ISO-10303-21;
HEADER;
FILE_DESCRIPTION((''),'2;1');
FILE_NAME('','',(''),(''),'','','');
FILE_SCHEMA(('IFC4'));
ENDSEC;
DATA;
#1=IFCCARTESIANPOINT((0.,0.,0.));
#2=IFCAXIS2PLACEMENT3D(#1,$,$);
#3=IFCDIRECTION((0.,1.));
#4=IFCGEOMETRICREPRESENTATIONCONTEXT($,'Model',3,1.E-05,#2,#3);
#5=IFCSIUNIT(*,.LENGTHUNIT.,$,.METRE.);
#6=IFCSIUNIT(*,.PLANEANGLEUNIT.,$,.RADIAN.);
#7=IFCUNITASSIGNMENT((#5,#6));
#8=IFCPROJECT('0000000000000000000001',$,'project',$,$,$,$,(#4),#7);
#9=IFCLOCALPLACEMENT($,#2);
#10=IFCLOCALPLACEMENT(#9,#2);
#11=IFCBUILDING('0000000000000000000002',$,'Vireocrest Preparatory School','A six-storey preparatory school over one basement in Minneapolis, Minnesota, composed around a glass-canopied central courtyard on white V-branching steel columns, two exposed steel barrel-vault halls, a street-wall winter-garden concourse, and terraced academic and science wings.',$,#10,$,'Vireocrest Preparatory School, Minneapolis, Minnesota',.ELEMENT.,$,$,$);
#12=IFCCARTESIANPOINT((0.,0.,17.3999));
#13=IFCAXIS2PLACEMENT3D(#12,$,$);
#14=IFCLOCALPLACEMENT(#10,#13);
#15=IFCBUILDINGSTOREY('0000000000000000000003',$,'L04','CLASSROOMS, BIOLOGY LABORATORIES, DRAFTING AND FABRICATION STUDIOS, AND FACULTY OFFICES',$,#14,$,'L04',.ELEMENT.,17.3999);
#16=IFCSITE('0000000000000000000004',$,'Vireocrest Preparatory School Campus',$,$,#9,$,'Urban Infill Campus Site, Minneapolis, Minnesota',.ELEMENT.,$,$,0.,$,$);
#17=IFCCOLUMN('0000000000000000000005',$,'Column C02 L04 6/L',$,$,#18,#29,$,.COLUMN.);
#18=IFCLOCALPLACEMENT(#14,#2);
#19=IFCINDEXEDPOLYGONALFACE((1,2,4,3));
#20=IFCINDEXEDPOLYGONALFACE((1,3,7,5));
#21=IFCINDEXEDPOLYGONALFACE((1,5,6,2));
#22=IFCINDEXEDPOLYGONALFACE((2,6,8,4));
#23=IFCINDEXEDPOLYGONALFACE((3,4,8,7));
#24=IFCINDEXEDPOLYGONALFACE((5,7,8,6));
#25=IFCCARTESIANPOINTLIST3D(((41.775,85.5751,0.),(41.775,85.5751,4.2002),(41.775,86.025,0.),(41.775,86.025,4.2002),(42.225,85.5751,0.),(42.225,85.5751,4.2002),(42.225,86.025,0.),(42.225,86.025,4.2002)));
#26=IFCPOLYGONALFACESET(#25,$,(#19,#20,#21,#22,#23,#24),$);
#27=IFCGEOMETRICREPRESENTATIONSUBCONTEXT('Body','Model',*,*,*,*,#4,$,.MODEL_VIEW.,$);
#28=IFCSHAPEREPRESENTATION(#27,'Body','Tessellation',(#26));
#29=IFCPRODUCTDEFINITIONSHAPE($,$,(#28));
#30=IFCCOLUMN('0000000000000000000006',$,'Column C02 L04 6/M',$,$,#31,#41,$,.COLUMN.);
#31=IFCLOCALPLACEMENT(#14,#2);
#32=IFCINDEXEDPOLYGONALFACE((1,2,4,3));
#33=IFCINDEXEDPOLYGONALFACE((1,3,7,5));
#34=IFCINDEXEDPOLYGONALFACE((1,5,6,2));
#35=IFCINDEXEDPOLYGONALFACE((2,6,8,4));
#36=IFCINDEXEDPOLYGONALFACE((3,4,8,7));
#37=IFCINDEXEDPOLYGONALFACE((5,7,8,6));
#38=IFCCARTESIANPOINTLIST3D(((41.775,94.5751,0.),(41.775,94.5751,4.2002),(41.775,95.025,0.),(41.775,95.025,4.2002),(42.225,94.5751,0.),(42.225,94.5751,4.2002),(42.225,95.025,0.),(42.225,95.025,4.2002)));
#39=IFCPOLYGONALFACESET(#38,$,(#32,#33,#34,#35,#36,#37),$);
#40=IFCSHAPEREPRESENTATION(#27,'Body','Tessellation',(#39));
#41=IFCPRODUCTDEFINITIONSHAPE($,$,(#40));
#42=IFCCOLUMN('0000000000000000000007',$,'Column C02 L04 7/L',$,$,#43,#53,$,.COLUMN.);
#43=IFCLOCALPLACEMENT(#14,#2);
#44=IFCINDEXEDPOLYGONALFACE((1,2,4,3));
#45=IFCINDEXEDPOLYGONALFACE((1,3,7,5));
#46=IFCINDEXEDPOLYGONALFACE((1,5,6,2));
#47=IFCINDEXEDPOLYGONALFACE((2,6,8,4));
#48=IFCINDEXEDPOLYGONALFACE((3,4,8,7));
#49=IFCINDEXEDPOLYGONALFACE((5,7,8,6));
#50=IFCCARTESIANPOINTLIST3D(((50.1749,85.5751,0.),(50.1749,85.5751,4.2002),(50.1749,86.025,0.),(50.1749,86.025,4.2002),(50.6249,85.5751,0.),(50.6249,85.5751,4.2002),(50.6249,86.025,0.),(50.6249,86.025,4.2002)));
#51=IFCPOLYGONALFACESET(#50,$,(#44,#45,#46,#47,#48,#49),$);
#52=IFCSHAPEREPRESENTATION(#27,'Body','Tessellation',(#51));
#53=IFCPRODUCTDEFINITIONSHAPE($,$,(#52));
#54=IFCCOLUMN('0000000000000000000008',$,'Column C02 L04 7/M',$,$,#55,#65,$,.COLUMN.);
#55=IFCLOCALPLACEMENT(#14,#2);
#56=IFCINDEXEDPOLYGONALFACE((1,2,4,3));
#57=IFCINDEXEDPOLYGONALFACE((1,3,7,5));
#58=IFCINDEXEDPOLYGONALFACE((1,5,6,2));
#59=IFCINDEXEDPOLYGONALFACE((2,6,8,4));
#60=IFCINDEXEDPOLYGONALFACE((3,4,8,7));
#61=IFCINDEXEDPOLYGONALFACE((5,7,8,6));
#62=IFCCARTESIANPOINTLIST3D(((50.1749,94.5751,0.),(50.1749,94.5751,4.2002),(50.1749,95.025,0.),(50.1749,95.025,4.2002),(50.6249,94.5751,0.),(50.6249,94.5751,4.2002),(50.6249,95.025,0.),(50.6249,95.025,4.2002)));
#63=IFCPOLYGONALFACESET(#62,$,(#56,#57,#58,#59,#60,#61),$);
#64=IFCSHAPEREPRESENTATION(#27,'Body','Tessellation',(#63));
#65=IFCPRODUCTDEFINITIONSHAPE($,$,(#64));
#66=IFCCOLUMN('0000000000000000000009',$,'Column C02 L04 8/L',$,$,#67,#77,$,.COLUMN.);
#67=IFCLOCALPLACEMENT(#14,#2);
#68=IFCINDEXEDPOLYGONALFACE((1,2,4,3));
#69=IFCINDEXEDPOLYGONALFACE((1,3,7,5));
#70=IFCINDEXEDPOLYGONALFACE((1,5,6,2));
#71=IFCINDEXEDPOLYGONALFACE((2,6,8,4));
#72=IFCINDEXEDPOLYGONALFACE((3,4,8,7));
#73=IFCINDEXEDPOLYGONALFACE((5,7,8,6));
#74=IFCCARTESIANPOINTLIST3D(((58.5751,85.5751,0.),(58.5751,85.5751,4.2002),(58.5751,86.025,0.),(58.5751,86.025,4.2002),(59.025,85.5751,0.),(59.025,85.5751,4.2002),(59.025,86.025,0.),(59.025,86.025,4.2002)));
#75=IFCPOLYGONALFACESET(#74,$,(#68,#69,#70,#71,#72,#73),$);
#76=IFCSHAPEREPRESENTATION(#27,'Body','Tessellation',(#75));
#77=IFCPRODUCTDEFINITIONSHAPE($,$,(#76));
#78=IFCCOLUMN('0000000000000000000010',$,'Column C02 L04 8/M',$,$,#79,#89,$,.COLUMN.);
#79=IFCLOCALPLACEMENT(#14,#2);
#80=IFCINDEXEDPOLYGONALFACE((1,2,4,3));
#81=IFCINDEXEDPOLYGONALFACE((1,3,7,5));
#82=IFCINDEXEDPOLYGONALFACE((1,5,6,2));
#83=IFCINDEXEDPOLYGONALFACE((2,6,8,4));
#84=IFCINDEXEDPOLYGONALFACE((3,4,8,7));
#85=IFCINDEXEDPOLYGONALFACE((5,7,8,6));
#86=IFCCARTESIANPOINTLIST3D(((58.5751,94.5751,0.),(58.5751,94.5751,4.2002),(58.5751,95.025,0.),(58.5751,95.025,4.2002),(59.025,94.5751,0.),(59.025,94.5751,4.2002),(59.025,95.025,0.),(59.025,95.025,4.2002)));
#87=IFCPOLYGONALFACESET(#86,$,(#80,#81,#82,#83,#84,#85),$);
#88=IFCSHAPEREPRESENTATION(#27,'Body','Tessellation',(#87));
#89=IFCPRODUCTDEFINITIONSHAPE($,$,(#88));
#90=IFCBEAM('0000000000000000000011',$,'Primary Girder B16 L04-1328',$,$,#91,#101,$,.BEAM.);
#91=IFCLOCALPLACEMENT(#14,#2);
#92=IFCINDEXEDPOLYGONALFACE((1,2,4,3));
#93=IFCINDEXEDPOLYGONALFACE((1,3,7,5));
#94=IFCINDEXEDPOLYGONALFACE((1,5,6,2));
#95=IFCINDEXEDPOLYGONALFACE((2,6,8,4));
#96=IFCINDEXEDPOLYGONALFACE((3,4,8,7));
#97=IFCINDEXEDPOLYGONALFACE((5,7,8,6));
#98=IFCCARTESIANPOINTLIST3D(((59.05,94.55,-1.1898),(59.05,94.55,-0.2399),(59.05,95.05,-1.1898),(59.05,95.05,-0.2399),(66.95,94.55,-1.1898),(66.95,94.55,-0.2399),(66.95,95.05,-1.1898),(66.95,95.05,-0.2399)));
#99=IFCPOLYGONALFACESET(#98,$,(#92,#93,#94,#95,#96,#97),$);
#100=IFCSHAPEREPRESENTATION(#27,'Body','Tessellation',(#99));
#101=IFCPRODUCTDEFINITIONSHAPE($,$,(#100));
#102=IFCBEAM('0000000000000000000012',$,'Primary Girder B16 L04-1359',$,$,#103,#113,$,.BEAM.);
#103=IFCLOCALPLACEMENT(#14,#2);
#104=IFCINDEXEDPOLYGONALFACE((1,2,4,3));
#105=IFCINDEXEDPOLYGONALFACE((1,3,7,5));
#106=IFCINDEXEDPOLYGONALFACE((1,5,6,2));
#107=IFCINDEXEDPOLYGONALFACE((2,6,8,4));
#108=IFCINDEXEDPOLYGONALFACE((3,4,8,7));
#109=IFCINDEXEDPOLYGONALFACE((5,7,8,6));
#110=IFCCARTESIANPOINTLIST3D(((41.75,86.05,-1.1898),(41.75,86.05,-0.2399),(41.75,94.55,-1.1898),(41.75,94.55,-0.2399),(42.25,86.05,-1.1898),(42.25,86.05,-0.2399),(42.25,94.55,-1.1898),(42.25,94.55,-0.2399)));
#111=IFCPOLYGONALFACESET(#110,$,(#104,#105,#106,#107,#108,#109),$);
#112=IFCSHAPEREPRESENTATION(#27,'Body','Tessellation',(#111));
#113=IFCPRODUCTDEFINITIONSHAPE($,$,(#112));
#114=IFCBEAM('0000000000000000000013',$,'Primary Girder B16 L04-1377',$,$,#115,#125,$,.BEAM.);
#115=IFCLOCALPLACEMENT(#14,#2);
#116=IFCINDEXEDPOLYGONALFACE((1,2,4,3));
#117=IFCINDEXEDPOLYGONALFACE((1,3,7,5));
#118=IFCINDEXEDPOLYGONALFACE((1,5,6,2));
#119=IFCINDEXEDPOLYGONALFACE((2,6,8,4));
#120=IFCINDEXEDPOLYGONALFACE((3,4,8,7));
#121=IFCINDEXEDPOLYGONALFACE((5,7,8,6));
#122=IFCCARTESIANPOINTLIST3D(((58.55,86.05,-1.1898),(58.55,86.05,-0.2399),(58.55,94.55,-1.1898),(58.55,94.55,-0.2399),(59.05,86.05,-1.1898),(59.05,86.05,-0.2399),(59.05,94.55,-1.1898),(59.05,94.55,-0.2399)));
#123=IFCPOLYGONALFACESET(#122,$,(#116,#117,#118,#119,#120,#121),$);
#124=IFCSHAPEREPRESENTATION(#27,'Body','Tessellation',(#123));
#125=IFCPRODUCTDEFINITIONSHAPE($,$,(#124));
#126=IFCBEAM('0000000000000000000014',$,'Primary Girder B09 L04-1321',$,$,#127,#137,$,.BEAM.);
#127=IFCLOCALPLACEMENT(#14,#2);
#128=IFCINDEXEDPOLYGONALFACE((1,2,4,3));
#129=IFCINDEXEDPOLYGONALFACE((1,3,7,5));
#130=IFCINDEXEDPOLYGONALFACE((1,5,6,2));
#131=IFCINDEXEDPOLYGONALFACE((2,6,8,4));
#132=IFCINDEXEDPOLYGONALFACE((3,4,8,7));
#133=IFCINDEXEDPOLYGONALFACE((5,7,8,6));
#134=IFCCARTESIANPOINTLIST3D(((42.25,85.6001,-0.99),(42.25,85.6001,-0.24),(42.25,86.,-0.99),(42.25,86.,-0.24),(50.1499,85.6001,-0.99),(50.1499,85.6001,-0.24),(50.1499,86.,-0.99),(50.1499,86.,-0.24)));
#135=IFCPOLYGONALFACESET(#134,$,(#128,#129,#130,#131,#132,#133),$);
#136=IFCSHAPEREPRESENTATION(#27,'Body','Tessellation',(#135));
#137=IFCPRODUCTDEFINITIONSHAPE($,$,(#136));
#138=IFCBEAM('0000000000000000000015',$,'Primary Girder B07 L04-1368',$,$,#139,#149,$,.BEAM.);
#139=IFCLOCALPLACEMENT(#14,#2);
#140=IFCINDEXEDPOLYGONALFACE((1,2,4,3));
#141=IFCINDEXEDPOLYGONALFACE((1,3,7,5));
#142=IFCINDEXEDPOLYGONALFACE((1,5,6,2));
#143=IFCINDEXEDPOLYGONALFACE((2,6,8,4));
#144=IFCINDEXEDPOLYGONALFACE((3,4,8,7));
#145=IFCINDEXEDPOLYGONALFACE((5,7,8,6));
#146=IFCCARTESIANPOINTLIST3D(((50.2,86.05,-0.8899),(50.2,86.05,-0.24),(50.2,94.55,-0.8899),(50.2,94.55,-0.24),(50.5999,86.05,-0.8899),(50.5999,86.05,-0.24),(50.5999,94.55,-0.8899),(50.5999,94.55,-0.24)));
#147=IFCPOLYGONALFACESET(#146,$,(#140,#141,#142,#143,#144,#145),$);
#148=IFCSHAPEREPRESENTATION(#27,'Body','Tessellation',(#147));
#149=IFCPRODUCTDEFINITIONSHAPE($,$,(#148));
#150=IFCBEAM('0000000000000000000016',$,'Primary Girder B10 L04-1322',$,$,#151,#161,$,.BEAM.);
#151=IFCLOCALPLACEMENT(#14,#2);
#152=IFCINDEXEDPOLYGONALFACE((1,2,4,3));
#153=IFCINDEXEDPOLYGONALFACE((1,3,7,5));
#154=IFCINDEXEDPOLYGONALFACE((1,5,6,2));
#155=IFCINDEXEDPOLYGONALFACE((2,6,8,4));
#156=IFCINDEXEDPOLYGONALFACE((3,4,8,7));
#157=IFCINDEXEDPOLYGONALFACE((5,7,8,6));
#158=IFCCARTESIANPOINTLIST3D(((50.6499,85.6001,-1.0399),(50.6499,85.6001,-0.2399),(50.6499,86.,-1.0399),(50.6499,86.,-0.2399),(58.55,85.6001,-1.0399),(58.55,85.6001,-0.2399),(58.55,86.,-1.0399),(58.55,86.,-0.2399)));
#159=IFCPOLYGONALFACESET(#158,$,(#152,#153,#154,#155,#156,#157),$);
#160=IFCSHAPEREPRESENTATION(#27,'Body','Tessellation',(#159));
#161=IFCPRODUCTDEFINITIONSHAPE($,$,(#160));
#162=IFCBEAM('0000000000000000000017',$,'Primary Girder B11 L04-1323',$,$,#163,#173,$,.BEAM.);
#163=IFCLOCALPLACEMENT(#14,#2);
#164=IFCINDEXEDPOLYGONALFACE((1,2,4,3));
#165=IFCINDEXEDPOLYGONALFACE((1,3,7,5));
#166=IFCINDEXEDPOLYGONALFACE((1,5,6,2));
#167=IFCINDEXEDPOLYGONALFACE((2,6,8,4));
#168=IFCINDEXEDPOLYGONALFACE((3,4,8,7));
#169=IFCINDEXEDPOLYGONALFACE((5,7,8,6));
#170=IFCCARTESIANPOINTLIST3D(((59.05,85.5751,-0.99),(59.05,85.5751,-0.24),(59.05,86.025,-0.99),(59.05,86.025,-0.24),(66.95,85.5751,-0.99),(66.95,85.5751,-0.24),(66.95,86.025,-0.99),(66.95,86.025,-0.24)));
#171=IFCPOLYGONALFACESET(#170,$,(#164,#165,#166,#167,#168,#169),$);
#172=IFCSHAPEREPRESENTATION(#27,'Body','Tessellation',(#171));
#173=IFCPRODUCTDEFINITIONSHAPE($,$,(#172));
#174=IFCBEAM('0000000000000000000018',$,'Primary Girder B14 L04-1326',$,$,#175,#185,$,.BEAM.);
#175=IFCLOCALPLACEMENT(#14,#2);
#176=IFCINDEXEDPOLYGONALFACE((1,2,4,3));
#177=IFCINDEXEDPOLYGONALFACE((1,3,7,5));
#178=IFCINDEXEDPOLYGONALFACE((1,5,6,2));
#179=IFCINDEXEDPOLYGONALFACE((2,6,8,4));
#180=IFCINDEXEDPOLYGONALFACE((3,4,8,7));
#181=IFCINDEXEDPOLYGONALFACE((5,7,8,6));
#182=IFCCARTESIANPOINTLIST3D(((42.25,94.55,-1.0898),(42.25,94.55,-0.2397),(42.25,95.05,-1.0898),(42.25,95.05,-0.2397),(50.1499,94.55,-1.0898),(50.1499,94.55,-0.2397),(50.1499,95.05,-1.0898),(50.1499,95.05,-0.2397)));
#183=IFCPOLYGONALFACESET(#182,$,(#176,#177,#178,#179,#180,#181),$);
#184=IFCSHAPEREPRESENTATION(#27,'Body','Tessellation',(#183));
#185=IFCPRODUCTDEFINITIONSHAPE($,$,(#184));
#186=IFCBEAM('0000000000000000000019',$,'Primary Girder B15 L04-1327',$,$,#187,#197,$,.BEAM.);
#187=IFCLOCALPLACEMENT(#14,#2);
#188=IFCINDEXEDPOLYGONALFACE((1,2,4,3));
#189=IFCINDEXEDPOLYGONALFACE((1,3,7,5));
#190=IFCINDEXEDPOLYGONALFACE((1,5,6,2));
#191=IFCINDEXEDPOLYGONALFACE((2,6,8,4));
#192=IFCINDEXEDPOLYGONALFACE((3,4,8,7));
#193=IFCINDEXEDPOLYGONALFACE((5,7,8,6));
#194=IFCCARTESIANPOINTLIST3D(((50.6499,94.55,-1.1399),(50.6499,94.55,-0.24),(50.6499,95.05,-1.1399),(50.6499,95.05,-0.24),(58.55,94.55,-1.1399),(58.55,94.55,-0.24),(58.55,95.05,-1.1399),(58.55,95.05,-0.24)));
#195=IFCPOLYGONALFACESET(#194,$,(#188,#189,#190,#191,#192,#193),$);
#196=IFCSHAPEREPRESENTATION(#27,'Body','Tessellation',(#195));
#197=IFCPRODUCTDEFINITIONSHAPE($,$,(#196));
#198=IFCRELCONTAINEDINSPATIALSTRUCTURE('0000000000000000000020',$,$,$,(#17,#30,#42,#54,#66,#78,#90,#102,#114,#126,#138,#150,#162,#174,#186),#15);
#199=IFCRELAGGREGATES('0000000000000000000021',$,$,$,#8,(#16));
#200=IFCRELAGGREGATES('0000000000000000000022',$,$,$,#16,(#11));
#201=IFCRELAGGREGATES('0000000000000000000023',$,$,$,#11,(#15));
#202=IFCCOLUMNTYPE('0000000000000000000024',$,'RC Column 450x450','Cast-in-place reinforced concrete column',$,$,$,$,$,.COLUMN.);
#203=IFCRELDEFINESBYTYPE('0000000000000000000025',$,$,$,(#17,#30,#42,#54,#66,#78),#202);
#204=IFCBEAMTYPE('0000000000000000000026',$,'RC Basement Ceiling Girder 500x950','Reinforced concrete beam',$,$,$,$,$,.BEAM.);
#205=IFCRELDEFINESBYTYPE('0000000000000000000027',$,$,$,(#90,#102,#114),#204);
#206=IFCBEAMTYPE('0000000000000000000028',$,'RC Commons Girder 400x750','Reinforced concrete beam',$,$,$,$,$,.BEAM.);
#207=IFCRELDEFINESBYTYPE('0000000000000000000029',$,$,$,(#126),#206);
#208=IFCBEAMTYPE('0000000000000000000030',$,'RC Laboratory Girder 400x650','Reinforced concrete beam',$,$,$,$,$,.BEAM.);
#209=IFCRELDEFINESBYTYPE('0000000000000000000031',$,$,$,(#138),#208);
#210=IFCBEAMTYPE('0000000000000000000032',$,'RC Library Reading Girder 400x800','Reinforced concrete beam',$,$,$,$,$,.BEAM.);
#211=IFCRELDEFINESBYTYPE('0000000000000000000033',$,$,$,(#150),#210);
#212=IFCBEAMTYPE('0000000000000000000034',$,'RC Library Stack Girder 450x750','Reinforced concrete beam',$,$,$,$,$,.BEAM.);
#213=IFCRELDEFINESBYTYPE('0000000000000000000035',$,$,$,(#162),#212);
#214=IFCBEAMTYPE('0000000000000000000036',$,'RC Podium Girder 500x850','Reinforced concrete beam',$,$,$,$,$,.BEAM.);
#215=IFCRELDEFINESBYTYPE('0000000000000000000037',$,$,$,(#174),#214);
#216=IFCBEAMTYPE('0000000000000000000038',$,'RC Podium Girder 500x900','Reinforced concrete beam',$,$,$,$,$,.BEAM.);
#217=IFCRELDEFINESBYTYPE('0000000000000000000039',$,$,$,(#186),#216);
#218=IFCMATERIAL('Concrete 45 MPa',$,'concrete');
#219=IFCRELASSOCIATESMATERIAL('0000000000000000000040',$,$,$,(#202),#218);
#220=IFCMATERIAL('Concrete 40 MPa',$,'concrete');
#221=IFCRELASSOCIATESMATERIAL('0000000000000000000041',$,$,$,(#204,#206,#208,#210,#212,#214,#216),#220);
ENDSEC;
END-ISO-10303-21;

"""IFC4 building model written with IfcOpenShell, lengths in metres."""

from ifc_helpers import new_model, si_unit, direction, frame, origin, origin_2d, place, context, subcontext, project, spatial, rectangle, extrude, material, material_profile, profile_set, type_object, element, save


model = new_model("IFC4")

# Units and contexts
model_context = context("Model", 3, precision=1e-05, world=origin(), true_north=direction((0.0, 1.0)))
body_context = subcontext(model_context, "Body", "Model", "MODEL_VIEW")
ifc_project = project(units=[si_unit("LENGTHUNIT", "METRE"), si_unit("PLANEANGLEUNIT", "RADIAN")], contexts=[model_context])

# Site, building, storey
site_placement = place(None, origin())
site = spatial("IfcSite", under=ifc_project, at=site_placement, Name="Vireocrest Preparatory School Campus", LongName="Urban Infill Campus Site, Minneapolis, Minnesota", CompositionType="ELEMENT", RefElevation=0.0)
building_placement = place(site_placement, origin())
building = spatial("IfcBuilding", under=site, at=building_placement, Name="Vireocrest Preparatory School", Description="A six-storey preparatory school over one basement in Minneapolis, Minnesota, composed around a glass-canopied central courtyard on white V-branching steel columns, two exposed steel barrel-vault halls, a street-wall winter-garden concourse, and terraced academic and science wings.", LongName="Vireocrest Preparatory School, Minneapolis, Minnesota", CompositionType="ELEMENT")
storey_placement = place(building_placement, frame((0.0, 0.0, 17.3999)))
storey = spatial("IfcBuildingStorey", under=building, at=storey_placement, Name="L04", Description="CLASSROOMS, BIOLOGY LABORATORIES, DRAFTING AND FABRICATION STUDIOS, AND FACULTY OFFICES", LongName="L04", CompositionType="ELEMENT", Elevation=17.3999)

# Columns
ifc_material_1 = material(Name="Concrete 45 MPa", Category="concrete")
ifc_material_profile_1 = material_profile(ifc_material_1, rectangle(XDim=0.45, YDim=0.45, at=origin_2d()), Name="RC 450x450")
ifc_profile_set_1 = profile_set([ifc_material_profile_1], Name="Concrete 45 MPa")
column_type = type_object("IfcColumnType", Name="RC Column 450x450", Description="Cast-in-place reinforced concrete column", PredefinedType="COLUMN", material=ifc_profile_set_1)
for number, where, z_axis, x_axis, name in (
    (1, (42.0, 85.8, 0.0), (0.0, 0.0, 1.0), (1.0, 0.0, 0.0), "Column C02 L04 6/L"),
    (2, (42.0, 94.8, 0.0), (0.0, 0.0, 1.0), (1.0, 0.0, 0.0), "Column C02 L04 6/M"),
    (3, (50.3999, 85.8, 0.0), (0.0, 0.0, 1.0), (1.0, 0.0, 0.0), "Column C02 L04 7/L"),
    (4, (50.3999, 94.8, 0.0), (0.0, 0.0, 1.0), (1.0, 0.0, 0.0), "Column C02 L04 7/M"),
    (5, (58.8, 85.8, 0.0), (0.0, 0.0, 1.0), (1.0, 0.0, 0.0), "Column C02 L04 8/L"),
    (6, (58.8, 94.8, 0.0), (0.0, 0.0, 1.0), (1.0, 0.0, 0.0), "Column C02 L04 8/M"),
):
    element("IfcColumn", number, at=place(storey_placement, frame(where, z_axis=z_axis, x_axis=x_axis)), inside=storey, type_object=column_type, Name=name, PredefinedType="COLUMN", context=body_context, shape_type="SweptSolid", body=[
        extrude(rectangle(XDim=0.45, YDim=0.45, at=origin_2d()), origin(), (0.0, 0.0, 1.0), 4.2002),
    ])

# Beams
ifc_material_2 = material(Name="Concrete 40 MPa", Category="concrete")
ifc_material_profile_2 = material_profile(ifc_material_2, rectangle(XDim=0.5, YDim=0.95, at=origin_2d()), Name="RC 500x950")
ifc_profile_set_2 = profile_set([ifc_material_profile_2], Name="Concrete 40 MPa")
beam_type_1 = type_object("IfcBeamType", Name="RC Basement Ceiling Girder 500x950", Description="Reinforced concrete beam", PredefinedType="BEAM", material=ifc_profile_set_2)
beam_1_placement = place(storey_placement, frame((59.05, 94.8, -0.7148), z_axis=(1.0, 0.0, 0.0), x_axis=(0.0, 1.0, 0.0)))
element("IfcBeam", 7, at=beam_1_placement, inside=storey, type_object=beam_type_1, Name="Primary Girder B16 L04-1328", PredefinedType="BEAM", context=body_context, shape_type="SweptSolid", body=[
    extrude(rectangle(XDim=0.5, YDim=0.95, at=origin_2d()), origin(), (0.0, 0.0, 1.0), 7.8999),
])
for number, where, z_axis, x_axis, name in (
    (8, (42.0, 86.05, -0.7148), (0.0, 1.0, 0.0), (-1.0, 0.0, 0.0), "Primary Girder B16 L04-1359"),
    (9, (58.8, 86.05, -0.7148), (0.0, 1.0, 0.0), (-1.0, 0.0, 0.0), "Primary Girder B16 L04-1377"),
):
    element("IfcBeam", number, at=place(storey_placement, frame(where, z_axis=z_axis, x_axis=x_axis)), inside=storey, type_object=beam_type_1, Name=name, PredefinedType="BEAM", context=body_context, shape_type="SweptSolid", body=[
        extrude(rectangle(XDim=0.5, YDim=0.95, at=origin_2d()), origin(), (0.0, 0.0, 1.0), 8.5),
    ])
ifc_material_profile_3 = material_profile(ifc_material_2, rectangle(XDim=0.3999, YDim=0.75, at=origin_2d()), Name="RC 400x750")
ifc_profile_set_3 = profile_set([ifc_material_profile_3], Name="Concrete 40 MPa")
beam_type_2 = type_object("IfcBeamType", Name="RC Commons Girder 400x750", Description="Reinforced concrete beam", PredefinedType="BEAM", material=ifc_profile_set_3)
beam_2_placement = place(storey_placement, frame((42.25, 85.8, -0.615), z_axis=(1.0, 0.0, 0.0), x_axis=(0.0, 1.0, 0.0)))
element("IfcBeam", 10, at=beam_2_placement, inside=storey, type_object=beam_type_2, Name="Primary Girder B09 L04-1321", PredefinedType="BEAM", context=body_context, shape_type="SweptSolid", body=[
    extrude(rectangle(XDim=0.3999, YDim=0.75, at=origin_2d()), origin(), (0.0, 0.0, 1.0), 7.8999),
])
ifc_material_profile_4 = material_profile(ifc_material_2, rectangle(XDim=0.3999, YDim=0.6499, at=origin_2d()), Name="RC 400x650")
ifc_profile_set_4 = profile_set([ifc_material_profile_4], Name="Concrete 40 MPa")
beam_type_3 = type_object("IfcBeamType", Name="RC Laboratory Girder 400x650", Description="Reinforced concrete beam", PredefinedType="BEAM", material=ifc_profile_set_4)
beam_3_placement = place(storey_placement, frame((50.3999, 86.05, -0.5649), z_axis=(0.0, 1.0, 0.0), x_axis=(-1.0, 0.0, 0.0)))
element("IfcBeam", 11, at=beam_3_placement, inside=storey, type_object=beam_type_3, Name="Primary Girder B07 L04-1368", PredefinedType="BEAM", context=body_context, shape_type="SweptSolid", body=[
    extrude(rectangle(XDim=0.3999, YDim=0.6499, at=origin_2d()), origin(), (0.0, 0.0, 1.0), 8.5),
])
ifc_material_profile_5 = material_profile(ifc_material_2, rectangle(XDim=0.3999, YDim=0.8, at=origin_2d()), Name="RC 400x800")
ifc_profile_set_5 = profile_set([ifc_material_profile_5], Name="Concrete 40 MPa")
beam_type_4 = type_object("IfcBeamType", Name="RC Library Reading Girder 400x800", Description="Reinforced concrete beam", PredefinedType="BEAM", material=ifc_profile_set_5)
beam_4_placement = place(storey_placement, frame((50.6499, 85.8, -0.6399), z_axis=(1.0, 0.0, 0.0), x_axis=(0.0, 1.0, 0.0)))
element("IfcBeam", 12, at=beam_4_placement, inside=storey, type_object=beam_type_4, Name="Primary Girder B10 L04-1322", PredefinedType="BEAM", context=body_context, shape_type="SweptSolid", body=[
    extrude(rectangle(XDim=0.3999, YDim=0.8, at=origin_2d()), origin(), (0.0, 0.0, 1.0), 7.9001),
])
ifc_material_profile_6 = material_profile(ifc_material_2, rectangle(XDim=0.45, YDim=0.75, at=origin_2d()), Name="RC 450x750")
ifc_profile_set_6 = profile_set([ifc_material_profile_6], Name="Concrete 40 MPa")
beam_type_5 = type_object("IfcBeamType", Name="RC Library Stack Girder 450x750", Description="Reinforced concrete beam", PredefinedType="BEAM", material=ifc_profile_set_6)
beam_5_placement = place(storey_placement, frame((59.05, 85.8, -0.615), z_axis=(1.0, 0.0, 0.0), x_axis=(0.0, 1.0, 0.0)))
element("IfcBeam", 13, at=beam_5_placement, inside=storey, type_object=beam_type_5, Name="Primary Girder B11 L04-1323", PredefinedType="BEAM", context=body_context, shape_type="SweptSolid", body=[
    extrude(rectangle(XDim=0.45, YDim=0.75, at=origin_2d()), origin(), (0.0, 0.0, 1.0), 7.8999),
])
ifc_material_profile_7 = material_profile(ifc_material_2, rectangle(XDim=0.5, YDim=0.8501, at=origin_2d()), Name="RC 500x850")
ifc_profile_set_7 = profile_set([ifc_material_profile_7], Name="Concrete 40 MPa")
beam_type_6 = type_object("IfcBeamType", Name="RC Podium Girder 500x850", Description="Reinforced concrete beam", PredefinedType="BEAM", material=ifc_profile_set_7)
beam_6_placement = place(storey_placement, frame((42.25, 94.8, -0.6648), z_axis=(1.0, 0.0, 0.0), x_axis=(0.0, 1.0, 0.0)))
element("IfcBeam", 14, at=beam_6_placement, inside=storey, type_object=beam_type_6, Name="Primary Girder B14 L04-1326", PredefinedType="BEAM", context=body_context, shape_type="SweptSolid", body=[
    extrude(rectangle(XDim=0.5, YDim=0.8501, at=origin_2d()), origin(), (0.0, 0.0, 1.0), 7.8999),
])
ifc_material_profile_8 = material_profile(ifc_material_2, rectangle(XDim=0.5, YDim=0.8999, at=origin_2d()), Name="RC 500x900")
ifc_profile_set_8 = profile_set([ifc_material_profile_8], Name="Concrete 40 MPa")
beam_type_7 = type_object("IfcBeamType", Name="RC Podium Girder 500x900", Description="Reinforced concrete beam", PredefinedType="BEAM", material=ifc_profile_set_8)
beam_7_placement = place(storey_placement, frame((50.6499, 94.8, -0.6899), z_axis=(1.0, 0.0, 0.0), x_axis=(0.0, 1.0, 0.0)))
element("IfcBeam", 15, at=beam_7_placement, inside=storey, type_object=beam_type_7, Name="Primary Girder B15 L04-1327", PredefinedType="BEAM", context=body_context, shape_type="SweptSolid", body=[
    extrude(rectangle(XDim=0.5, YDim=0.8999, at=origin_2d()), origin(), (0.0, 0.0, 1.0), 7.9001),
])

save(model, "model.ifc")
